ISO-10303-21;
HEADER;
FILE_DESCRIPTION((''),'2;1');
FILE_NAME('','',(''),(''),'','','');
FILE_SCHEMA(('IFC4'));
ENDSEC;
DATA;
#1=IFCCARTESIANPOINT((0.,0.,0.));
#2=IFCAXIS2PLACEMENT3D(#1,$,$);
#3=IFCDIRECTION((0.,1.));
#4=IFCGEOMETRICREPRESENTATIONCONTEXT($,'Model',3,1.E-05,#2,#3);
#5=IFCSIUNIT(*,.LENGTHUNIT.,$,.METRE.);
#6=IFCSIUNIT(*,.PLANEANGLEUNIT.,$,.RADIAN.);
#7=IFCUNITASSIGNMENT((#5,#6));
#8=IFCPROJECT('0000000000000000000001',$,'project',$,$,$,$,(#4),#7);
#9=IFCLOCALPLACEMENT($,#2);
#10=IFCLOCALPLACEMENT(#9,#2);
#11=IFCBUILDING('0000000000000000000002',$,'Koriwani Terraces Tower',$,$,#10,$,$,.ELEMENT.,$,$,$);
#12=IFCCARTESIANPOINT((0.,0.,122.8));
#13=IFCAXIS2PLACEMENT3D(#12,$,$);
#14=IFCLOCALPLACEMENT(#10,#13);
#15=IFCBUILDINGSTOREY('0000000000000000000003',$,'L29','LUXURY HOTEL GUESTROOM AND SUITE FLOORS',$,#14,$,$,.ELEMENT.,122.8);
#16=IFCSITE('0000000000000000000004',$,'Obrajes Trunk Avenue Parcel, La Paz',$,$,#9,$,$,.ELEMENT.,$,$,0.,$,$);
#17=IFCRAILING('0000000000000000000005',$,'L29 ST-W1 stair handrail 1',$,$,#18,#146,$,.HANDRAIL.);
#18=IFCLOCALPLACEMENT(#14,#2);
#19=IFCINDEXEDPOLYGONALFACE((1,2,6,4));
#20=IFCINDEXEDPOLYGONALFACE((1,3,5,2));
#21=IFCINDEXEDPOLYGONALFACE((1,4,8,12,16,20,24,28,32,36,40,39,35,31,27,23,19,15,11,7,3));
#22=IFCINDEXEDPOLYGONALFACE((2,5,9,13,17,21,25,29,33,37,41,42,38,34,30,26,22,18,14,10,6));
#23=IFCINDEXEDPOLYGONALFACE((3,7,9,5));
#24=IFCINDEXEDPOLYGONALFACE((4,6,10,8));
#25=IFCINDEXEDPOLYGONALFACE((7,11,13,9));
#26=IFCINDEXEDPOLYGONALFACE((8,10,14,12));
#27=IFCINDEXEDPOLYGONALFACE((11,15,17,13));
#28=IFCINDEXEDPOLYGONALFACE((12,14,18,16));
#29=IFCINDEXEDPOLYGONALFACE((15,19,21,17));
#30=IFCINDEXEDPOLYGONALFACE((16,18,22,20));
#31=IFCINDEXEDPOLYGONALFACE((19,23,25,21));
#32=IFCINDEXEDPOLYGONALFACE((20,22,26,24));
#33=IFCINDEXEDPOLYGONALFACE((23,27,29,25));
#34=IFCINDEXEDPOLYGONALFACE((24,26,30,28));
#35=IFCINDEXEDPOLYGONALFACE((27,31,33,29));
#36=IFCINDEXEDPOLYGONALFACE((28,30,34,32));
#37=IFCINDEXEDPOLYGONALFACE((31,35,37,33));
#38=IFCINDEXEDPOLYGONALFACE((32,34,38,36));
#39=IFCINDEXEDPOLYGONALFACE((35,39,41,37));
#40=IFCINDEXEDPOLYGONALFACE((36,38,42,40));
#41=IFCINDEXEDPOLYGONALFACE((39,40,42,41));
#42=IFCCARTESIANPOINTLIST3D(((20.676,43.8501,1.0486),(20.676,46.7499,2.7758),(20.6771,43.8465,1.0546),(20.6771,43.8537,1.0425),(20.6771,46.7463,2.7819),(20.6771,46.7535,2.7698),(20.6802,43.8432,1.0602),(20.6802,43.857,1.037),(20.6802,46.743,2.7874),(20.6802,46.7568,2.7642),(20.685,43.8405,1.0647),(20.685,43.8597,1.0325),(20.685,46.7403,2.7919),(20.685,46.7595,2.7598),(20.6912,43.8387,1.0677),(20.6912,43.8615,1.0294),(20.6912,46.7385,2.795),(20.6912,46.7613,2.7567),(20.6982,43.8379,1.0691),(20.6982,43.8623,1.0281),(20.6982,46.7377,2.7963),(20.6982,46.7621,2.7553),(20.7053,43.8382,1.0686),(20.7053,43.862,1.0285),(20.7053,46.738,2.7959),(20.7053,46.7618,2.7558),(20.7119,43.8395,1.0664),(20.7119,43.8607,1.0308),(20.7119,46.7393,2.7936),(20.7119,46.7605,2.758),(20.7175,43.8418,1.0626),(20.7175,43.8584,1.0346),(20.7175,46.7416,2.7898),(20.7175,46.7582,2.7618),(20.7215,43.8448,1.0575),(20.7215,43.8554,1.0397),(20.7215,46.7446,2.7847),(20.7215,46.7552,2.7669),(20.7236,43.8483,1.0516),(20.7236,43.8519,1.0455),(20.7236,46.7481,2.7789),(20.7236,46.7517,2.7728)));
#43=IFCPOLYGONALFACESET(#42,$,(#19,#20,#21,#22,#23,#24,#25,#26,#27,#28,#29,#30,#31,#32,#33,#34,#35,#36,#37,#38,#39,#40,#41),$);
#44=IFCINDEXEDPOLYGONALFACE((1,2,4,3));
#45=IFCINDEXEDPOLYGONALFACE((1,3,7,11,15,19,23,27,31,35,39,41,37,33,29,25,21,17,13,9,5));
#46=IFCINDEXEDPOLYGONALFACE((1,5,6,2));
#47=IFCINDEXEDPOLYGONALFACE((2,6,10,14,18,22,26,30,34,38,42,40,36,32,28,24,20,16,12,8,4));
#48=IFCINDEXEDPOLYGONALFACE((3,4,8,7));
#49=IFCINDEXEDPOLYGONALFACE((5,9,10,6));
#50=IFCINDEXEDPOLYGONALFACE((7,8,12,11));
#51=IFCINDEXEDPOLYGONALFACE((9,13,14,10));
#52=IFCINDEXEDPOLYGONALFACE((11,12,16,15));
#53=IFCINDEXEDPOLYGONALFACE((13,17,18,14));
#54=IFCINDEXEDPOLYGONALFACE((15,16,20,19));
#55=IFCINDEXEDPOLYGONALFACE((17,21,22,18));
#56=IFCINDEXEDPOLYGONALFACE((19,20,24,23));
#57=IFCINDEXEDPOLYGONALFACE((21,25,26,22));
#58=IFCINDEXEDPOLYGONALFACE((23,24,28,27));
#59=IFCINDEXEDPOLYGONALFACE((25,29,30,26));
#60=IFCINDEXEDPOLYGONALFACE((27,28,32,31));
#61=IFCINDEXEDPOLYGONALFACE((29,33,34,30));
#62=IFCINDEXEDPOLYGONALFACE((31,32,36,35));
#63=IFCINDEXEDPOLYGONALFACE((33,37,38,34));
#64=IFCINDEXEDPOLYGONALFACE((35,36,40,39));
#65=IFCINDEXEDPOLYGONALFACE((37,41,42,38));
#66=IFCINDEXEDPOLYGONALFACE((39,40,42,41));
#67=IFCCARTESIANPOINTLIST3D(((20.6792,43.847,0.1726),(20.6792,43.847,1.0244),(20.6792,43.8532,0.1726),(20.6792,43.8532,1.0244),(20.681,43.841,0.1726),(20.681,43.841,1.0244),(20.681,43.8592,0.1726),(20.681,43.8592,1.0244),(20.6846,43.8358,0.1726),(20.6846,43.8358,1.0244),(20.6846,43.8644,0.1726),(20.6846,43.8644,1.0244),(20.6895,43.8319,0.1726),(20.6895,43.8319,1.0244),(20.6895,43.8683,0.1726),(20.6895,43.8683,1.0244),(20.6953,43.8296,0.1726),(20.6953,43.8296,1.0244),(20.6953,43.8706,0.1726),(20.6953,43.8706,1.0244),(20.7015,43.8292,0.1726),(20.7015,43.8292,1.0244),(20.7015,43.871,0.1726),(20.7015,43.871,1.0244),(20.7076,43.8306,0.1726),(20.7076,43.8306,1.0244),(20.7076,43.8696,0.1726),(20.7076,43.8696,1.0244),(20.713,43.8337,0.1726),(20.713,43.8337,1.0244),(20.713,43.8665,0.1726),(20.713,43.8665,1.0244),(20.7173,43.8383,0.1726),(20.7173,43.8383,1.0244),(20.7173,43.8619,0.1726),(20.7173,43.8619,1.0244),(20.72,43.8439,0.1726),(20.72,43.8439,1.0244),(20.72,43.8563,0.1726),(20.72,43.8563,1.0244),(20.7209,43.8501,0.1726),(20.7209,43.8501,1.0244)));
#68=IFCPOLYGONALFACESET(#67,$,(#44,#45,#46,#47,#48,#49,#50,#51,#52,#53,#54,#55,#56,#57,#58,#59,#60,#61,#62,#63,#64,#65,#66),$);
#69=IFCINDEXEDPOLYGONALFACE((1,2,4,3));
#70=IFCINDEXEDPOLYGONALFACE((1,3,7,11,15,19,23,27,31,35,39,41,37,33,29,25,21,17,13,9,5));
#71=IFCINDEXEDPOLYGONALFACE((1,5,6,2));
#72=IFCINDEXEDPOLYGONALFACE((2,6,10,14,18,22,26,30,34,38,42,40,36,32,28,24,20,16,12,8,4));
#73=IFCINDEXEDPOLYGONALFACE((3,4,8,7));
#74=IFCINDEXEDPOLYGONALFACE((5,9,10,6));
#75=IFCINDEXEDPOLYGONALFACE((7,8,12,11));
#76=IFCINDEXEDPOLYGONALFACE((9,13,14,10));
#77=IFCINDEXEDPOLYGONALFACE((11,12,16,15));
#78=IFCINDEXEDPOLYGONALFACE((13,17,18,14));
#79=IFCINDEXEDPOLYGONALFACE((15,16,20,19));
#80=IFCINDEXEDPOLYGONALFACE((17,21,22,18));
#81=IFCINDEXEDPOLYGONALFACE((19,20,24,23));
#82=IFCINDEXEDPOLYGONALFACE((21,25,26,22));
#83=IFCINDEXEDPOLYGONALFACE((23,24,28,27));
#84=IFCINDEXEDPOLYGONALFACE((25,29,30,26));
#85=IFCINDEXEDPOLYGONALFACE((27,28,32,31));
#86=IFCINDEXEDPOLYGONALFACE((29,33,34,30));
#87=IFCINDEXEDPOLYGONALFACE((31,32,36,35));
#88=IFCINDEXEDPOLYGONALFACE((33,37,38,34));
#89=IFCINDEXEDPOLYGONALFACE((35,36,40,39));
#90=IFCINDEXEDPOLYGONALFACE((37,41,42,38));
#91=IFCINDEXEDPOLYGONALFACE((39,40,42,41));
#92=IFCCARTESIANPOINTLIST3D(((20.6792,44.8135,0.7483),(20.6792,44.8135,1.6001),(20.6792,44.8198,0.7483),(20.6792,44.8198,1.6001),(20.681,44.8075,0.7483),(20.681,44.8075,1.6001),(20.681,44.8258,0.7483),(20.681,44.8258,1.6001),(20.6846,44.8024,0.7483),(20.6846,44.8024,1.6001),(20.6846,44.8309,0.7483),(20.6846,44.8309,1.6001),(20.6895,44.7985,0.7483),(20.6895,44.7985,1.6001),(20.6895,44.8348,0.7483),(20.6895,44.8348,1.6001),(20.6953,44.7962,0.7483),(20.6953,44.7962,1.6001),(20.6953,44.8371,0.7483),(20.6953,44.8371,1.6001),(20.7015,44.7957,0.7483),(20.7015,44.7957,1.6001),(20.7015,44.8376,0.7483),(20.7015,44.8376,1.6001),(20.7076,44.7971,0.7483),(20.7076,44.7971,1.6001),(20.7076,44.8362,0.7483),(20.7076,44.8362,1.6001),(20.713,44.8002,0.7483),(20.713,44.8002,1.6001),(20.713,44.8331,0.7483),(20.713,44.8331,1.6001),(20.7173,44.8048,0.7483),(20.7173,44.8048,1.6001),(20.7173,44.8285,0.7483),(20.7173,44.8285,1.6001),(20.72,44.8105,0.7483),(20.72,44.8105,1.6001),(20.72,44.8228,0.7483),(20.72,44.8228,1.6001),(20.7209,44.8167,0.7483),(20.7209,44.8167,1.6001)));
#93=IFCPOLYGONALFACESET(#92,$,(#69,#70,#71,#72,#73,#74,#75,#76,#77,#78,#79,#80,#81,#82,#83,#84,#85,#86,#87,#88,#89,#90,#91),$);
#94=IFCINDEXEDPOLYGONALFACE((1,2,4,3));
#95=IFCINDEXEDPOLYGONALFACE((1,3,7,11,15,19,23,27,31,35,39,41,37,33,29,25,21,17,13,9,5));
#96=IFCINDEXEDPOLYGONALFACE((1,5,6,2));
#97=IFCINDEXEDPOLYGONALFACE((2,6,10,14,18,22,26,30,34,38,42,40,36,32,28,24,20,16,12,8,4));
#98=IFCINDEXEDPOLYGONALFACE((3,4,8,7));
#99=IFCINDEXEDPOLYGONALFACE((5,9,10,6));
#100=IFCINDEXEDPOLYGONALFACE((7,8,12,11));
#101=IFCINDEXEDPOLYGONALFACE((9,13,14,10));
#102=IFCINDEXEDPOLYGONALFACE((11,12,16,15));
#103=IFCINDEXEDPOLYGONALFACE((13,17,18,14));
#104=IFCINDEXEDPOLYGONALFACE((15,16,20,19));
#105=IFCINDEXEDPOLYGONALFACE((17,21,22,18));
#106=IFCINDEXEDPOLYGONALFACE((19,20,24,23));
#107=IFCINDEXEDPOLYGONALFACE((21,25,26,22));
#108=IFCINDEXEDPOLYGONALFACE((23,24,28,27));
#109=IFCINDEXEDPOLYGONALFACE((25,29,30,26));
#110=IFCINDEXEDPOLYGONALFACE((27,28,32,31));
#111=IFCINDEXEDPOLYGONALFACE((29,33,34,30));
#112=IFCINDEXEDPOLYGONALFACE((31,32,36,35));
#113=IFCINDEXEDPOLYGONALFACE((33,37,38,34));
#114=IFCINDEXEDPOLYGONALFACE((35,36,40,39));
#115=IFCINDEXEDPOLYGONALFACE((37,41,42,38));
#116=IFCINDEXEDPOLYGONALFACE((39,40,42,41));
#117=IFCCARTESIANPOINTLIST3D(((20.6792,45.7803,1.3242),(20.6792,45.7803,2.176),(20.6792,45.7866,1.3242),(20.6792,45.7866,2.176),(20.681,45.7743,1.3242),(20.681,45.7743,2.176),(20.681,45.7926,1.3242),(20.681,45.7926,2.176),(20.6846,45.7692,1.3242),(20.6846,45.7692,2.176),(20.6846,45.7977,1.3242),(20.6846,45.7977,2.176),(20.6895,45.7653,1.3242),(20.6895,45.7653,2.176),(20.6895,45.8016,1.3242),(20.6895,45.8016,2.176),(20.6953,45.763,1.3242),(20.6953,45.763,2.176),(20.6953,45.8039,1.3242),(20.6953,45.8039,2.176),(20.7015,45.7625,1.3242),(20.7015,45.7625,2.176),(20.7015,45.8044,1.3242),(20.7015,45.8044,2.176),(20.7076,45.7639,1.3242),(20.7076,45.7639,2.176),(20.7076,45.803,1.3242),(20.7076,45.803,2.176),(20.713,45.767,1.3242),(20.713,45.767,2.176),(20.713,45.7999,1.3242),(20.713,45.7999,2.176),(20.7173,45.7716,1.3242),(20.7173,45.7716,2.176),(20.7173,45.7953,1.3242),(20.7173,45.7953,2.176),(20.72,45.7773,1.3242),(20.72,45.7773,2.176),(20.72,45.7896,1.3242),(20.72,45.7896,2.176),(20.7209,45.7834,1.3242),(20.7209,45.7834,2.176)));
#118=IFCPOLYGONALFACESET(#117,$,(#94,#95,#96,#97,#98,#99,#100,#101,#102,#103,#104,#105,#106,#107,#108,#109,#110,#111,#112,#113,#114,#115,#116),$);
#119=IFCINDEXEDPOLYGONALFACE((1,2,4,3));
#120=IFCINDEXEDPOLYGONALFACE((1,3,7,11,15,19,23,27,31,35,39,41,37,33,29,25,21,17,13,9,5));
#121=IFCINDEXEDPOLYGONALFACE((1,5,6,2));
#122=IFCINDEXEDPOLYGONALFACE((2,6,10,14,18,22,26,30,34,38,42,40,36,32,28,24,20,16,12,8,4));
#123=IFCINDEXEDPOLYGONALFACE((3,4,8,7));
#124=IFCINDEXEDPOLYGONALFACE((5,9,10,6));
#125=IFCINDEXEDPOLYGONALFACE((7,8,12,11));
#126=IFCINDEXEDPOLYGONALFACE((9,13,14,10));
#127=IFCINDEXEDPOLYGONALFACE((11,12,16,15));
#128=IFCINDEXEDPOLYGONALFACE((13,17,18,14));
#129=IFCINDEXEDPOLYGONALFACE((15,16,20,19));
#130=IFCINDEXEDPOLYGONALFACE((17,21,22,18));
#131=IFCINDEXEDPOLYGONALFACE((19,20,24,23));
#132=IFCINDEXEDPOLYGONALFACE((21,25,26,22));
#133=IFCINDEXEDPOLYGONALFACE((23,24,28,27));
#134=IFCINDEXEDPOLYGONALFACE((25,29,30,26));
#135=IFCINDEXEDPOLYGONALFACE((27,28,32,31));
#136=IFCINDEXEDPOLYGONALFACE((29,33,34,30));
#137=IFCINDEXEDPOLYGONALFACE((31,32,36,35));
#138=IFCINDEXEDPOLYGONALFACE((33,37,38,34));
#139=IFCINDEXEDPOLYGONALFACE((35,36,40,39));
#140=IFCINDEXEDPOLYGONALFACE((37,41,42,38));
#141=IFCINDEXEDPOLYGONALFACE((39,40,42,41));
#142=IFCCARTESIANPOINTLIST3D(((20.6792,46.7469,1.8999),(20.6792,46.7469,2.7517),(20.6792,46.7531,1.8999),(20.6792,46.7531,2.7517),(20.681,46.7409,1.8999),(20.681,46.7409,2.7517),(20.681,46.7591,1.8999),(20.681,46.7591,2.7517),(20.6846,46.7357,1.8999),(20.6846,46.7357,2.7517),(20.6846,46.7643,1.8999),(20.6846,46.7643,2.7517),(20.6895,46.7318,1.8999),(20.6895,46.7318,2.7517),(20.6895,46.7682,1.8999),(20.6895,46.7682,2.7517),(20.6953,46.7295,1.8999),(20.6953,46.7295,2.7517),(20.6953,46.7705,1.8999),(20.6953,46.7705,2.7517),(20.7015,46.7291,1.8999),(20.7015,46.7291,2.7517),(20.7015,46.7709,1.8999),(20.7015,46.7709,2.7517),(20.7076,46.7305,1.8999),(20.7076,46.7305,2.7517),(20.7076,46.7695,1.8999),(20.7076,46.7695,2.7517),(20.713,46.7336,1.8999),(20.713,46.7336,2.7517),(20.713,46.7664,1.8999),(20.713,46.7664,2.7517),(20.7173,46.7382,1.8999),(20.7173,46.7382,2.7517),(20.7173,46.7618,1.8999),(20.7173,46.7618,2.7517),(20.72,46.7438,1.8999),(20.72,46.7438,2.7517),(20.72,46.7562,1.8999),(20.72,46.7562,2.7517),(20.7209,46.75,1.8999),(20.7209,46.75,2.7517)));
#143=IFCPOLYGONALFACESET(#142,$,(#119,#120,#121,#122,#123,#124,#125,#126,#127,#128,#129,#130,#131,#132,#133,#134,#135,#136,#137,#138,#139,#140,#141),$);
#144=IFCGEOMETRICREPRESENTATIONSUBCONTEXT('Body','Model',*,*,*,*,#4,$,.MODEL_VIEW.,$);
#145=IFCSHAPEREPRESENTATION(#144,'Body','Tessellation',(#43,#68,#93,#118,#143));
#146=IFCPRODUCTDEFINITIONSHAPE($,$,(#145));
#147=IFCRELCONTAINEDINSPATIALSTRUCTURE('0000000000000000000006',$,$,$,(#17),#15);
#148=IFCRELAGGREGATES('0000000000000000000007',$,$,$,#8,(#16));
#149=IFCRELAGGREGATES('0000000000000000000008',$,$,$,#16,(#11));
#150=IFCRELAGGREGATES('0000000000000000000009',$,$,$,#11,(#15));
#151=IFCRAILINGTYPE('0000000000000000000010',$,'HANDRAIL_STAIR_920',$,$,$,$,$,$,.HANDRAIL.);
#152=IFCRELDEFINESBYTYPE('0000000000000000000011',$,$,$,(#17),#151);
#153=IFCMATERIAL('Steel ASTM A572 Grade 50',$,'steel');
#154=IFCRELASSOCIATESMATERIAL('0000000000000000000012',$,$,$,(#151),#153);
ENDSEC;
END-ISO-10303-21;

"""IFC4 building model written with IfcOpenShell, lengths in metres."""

from ifc_helpers import new_model, si_unit, direction, frame, origin, origin_2d, place, context, subcontext, project, spatial, circle, extrude, material, type_object, element, save


model = new_model("IFC4")

# Units and contexts
model_context = context("Model", 3, precision=1e-05, world=origin(), true_north=direction((0.0, 1.0)))
body_context = subcontext(model_context, "Body", "Model", "MODEL_VIEW")
ifc_project = project(units=[si_unit("LENGTHUNIT", "METRE"), si_unit("PLANEANGLEUNIT", "RADIAN")], contexts=[model_context])

# Site, building, storey
site_placement = place(None, origin())
site = spatial("IfcSite", under=ifc_project, at=site_placement, Name="Obrajes Trunk Avenue Parcel, La Paz", CompositionType="ELEMENT", RefElevation=0.0)
building_placement = place(site_placement, origin())
building = spatial("IfcBuilding", under=site, at=building_placement, Name="Koriwani Terraces Tower", CompositionType="ELEMENT")
storey_placement = place(building_placement, frame((0.0, 0.0, 122.8)))
storey = spatial("IfcBuildingStorey", under=building, at=storey_placement, Name="L29", Description="LUXURY HOTEL GUESTROOM AND SUITE FLOORS", CompositionType="ELEMENT", Elevation=122.8)

# Shared definitions
ifc_material_1 = material(Name="Steel ASTM A572 Grade 50", Category="steel")

# Railing
railing_type_1 = type_object("IfcRailingType", Name="HANDRAIL_STAIR_920", PredefinedType="HANDRAIL", material=ifc_material_1)
railing_1_placement = place(storey_placement, frame((20.7, 43.8501, 0.1726)))
element("IfcRailing", 1, at=railing_1_placement, inside=storey, type_object=railing_type_1, Name="L29 ST-W1 stair handrail 1", PredefinedType="HANDRAIL", context=body_context, shape_type="SweptSolid", body=[
    extrude(circle(Radius=0.0239, at=origin_2d()), frame((0.0, 0.0, 0.876), z_axis=(0.0, 0.859141, 0.511738), x_axis=(-1.0, 0.0, 0.0)), (0.0, 0.0, 1.0), 3.3752),
    extrude(circle(Radius=0.021, at=origin_2d()), origin(), (0.0, 0.0, 1.0), 0.8518),
    extrude(circle(Radius=0.021, at=origin_2d()), frame((0.0, 0.9666, 0.5757)), (0.0, 0.0, 1.0), 0.8518),
    extrude(circle(Radius=0.021, at=origin_2d()), frame((0.0, 1.9333, 1.1516)), (0.0, 0.0, 1.0), 0.8518),
    extrude(circle(Radius=0.021, at=origin_2d()), frame((0.0, 2.8999, 1.7273)), (0.0, 0.0, 1.0), 0.8518),
])

save(model, "model.ifc")
